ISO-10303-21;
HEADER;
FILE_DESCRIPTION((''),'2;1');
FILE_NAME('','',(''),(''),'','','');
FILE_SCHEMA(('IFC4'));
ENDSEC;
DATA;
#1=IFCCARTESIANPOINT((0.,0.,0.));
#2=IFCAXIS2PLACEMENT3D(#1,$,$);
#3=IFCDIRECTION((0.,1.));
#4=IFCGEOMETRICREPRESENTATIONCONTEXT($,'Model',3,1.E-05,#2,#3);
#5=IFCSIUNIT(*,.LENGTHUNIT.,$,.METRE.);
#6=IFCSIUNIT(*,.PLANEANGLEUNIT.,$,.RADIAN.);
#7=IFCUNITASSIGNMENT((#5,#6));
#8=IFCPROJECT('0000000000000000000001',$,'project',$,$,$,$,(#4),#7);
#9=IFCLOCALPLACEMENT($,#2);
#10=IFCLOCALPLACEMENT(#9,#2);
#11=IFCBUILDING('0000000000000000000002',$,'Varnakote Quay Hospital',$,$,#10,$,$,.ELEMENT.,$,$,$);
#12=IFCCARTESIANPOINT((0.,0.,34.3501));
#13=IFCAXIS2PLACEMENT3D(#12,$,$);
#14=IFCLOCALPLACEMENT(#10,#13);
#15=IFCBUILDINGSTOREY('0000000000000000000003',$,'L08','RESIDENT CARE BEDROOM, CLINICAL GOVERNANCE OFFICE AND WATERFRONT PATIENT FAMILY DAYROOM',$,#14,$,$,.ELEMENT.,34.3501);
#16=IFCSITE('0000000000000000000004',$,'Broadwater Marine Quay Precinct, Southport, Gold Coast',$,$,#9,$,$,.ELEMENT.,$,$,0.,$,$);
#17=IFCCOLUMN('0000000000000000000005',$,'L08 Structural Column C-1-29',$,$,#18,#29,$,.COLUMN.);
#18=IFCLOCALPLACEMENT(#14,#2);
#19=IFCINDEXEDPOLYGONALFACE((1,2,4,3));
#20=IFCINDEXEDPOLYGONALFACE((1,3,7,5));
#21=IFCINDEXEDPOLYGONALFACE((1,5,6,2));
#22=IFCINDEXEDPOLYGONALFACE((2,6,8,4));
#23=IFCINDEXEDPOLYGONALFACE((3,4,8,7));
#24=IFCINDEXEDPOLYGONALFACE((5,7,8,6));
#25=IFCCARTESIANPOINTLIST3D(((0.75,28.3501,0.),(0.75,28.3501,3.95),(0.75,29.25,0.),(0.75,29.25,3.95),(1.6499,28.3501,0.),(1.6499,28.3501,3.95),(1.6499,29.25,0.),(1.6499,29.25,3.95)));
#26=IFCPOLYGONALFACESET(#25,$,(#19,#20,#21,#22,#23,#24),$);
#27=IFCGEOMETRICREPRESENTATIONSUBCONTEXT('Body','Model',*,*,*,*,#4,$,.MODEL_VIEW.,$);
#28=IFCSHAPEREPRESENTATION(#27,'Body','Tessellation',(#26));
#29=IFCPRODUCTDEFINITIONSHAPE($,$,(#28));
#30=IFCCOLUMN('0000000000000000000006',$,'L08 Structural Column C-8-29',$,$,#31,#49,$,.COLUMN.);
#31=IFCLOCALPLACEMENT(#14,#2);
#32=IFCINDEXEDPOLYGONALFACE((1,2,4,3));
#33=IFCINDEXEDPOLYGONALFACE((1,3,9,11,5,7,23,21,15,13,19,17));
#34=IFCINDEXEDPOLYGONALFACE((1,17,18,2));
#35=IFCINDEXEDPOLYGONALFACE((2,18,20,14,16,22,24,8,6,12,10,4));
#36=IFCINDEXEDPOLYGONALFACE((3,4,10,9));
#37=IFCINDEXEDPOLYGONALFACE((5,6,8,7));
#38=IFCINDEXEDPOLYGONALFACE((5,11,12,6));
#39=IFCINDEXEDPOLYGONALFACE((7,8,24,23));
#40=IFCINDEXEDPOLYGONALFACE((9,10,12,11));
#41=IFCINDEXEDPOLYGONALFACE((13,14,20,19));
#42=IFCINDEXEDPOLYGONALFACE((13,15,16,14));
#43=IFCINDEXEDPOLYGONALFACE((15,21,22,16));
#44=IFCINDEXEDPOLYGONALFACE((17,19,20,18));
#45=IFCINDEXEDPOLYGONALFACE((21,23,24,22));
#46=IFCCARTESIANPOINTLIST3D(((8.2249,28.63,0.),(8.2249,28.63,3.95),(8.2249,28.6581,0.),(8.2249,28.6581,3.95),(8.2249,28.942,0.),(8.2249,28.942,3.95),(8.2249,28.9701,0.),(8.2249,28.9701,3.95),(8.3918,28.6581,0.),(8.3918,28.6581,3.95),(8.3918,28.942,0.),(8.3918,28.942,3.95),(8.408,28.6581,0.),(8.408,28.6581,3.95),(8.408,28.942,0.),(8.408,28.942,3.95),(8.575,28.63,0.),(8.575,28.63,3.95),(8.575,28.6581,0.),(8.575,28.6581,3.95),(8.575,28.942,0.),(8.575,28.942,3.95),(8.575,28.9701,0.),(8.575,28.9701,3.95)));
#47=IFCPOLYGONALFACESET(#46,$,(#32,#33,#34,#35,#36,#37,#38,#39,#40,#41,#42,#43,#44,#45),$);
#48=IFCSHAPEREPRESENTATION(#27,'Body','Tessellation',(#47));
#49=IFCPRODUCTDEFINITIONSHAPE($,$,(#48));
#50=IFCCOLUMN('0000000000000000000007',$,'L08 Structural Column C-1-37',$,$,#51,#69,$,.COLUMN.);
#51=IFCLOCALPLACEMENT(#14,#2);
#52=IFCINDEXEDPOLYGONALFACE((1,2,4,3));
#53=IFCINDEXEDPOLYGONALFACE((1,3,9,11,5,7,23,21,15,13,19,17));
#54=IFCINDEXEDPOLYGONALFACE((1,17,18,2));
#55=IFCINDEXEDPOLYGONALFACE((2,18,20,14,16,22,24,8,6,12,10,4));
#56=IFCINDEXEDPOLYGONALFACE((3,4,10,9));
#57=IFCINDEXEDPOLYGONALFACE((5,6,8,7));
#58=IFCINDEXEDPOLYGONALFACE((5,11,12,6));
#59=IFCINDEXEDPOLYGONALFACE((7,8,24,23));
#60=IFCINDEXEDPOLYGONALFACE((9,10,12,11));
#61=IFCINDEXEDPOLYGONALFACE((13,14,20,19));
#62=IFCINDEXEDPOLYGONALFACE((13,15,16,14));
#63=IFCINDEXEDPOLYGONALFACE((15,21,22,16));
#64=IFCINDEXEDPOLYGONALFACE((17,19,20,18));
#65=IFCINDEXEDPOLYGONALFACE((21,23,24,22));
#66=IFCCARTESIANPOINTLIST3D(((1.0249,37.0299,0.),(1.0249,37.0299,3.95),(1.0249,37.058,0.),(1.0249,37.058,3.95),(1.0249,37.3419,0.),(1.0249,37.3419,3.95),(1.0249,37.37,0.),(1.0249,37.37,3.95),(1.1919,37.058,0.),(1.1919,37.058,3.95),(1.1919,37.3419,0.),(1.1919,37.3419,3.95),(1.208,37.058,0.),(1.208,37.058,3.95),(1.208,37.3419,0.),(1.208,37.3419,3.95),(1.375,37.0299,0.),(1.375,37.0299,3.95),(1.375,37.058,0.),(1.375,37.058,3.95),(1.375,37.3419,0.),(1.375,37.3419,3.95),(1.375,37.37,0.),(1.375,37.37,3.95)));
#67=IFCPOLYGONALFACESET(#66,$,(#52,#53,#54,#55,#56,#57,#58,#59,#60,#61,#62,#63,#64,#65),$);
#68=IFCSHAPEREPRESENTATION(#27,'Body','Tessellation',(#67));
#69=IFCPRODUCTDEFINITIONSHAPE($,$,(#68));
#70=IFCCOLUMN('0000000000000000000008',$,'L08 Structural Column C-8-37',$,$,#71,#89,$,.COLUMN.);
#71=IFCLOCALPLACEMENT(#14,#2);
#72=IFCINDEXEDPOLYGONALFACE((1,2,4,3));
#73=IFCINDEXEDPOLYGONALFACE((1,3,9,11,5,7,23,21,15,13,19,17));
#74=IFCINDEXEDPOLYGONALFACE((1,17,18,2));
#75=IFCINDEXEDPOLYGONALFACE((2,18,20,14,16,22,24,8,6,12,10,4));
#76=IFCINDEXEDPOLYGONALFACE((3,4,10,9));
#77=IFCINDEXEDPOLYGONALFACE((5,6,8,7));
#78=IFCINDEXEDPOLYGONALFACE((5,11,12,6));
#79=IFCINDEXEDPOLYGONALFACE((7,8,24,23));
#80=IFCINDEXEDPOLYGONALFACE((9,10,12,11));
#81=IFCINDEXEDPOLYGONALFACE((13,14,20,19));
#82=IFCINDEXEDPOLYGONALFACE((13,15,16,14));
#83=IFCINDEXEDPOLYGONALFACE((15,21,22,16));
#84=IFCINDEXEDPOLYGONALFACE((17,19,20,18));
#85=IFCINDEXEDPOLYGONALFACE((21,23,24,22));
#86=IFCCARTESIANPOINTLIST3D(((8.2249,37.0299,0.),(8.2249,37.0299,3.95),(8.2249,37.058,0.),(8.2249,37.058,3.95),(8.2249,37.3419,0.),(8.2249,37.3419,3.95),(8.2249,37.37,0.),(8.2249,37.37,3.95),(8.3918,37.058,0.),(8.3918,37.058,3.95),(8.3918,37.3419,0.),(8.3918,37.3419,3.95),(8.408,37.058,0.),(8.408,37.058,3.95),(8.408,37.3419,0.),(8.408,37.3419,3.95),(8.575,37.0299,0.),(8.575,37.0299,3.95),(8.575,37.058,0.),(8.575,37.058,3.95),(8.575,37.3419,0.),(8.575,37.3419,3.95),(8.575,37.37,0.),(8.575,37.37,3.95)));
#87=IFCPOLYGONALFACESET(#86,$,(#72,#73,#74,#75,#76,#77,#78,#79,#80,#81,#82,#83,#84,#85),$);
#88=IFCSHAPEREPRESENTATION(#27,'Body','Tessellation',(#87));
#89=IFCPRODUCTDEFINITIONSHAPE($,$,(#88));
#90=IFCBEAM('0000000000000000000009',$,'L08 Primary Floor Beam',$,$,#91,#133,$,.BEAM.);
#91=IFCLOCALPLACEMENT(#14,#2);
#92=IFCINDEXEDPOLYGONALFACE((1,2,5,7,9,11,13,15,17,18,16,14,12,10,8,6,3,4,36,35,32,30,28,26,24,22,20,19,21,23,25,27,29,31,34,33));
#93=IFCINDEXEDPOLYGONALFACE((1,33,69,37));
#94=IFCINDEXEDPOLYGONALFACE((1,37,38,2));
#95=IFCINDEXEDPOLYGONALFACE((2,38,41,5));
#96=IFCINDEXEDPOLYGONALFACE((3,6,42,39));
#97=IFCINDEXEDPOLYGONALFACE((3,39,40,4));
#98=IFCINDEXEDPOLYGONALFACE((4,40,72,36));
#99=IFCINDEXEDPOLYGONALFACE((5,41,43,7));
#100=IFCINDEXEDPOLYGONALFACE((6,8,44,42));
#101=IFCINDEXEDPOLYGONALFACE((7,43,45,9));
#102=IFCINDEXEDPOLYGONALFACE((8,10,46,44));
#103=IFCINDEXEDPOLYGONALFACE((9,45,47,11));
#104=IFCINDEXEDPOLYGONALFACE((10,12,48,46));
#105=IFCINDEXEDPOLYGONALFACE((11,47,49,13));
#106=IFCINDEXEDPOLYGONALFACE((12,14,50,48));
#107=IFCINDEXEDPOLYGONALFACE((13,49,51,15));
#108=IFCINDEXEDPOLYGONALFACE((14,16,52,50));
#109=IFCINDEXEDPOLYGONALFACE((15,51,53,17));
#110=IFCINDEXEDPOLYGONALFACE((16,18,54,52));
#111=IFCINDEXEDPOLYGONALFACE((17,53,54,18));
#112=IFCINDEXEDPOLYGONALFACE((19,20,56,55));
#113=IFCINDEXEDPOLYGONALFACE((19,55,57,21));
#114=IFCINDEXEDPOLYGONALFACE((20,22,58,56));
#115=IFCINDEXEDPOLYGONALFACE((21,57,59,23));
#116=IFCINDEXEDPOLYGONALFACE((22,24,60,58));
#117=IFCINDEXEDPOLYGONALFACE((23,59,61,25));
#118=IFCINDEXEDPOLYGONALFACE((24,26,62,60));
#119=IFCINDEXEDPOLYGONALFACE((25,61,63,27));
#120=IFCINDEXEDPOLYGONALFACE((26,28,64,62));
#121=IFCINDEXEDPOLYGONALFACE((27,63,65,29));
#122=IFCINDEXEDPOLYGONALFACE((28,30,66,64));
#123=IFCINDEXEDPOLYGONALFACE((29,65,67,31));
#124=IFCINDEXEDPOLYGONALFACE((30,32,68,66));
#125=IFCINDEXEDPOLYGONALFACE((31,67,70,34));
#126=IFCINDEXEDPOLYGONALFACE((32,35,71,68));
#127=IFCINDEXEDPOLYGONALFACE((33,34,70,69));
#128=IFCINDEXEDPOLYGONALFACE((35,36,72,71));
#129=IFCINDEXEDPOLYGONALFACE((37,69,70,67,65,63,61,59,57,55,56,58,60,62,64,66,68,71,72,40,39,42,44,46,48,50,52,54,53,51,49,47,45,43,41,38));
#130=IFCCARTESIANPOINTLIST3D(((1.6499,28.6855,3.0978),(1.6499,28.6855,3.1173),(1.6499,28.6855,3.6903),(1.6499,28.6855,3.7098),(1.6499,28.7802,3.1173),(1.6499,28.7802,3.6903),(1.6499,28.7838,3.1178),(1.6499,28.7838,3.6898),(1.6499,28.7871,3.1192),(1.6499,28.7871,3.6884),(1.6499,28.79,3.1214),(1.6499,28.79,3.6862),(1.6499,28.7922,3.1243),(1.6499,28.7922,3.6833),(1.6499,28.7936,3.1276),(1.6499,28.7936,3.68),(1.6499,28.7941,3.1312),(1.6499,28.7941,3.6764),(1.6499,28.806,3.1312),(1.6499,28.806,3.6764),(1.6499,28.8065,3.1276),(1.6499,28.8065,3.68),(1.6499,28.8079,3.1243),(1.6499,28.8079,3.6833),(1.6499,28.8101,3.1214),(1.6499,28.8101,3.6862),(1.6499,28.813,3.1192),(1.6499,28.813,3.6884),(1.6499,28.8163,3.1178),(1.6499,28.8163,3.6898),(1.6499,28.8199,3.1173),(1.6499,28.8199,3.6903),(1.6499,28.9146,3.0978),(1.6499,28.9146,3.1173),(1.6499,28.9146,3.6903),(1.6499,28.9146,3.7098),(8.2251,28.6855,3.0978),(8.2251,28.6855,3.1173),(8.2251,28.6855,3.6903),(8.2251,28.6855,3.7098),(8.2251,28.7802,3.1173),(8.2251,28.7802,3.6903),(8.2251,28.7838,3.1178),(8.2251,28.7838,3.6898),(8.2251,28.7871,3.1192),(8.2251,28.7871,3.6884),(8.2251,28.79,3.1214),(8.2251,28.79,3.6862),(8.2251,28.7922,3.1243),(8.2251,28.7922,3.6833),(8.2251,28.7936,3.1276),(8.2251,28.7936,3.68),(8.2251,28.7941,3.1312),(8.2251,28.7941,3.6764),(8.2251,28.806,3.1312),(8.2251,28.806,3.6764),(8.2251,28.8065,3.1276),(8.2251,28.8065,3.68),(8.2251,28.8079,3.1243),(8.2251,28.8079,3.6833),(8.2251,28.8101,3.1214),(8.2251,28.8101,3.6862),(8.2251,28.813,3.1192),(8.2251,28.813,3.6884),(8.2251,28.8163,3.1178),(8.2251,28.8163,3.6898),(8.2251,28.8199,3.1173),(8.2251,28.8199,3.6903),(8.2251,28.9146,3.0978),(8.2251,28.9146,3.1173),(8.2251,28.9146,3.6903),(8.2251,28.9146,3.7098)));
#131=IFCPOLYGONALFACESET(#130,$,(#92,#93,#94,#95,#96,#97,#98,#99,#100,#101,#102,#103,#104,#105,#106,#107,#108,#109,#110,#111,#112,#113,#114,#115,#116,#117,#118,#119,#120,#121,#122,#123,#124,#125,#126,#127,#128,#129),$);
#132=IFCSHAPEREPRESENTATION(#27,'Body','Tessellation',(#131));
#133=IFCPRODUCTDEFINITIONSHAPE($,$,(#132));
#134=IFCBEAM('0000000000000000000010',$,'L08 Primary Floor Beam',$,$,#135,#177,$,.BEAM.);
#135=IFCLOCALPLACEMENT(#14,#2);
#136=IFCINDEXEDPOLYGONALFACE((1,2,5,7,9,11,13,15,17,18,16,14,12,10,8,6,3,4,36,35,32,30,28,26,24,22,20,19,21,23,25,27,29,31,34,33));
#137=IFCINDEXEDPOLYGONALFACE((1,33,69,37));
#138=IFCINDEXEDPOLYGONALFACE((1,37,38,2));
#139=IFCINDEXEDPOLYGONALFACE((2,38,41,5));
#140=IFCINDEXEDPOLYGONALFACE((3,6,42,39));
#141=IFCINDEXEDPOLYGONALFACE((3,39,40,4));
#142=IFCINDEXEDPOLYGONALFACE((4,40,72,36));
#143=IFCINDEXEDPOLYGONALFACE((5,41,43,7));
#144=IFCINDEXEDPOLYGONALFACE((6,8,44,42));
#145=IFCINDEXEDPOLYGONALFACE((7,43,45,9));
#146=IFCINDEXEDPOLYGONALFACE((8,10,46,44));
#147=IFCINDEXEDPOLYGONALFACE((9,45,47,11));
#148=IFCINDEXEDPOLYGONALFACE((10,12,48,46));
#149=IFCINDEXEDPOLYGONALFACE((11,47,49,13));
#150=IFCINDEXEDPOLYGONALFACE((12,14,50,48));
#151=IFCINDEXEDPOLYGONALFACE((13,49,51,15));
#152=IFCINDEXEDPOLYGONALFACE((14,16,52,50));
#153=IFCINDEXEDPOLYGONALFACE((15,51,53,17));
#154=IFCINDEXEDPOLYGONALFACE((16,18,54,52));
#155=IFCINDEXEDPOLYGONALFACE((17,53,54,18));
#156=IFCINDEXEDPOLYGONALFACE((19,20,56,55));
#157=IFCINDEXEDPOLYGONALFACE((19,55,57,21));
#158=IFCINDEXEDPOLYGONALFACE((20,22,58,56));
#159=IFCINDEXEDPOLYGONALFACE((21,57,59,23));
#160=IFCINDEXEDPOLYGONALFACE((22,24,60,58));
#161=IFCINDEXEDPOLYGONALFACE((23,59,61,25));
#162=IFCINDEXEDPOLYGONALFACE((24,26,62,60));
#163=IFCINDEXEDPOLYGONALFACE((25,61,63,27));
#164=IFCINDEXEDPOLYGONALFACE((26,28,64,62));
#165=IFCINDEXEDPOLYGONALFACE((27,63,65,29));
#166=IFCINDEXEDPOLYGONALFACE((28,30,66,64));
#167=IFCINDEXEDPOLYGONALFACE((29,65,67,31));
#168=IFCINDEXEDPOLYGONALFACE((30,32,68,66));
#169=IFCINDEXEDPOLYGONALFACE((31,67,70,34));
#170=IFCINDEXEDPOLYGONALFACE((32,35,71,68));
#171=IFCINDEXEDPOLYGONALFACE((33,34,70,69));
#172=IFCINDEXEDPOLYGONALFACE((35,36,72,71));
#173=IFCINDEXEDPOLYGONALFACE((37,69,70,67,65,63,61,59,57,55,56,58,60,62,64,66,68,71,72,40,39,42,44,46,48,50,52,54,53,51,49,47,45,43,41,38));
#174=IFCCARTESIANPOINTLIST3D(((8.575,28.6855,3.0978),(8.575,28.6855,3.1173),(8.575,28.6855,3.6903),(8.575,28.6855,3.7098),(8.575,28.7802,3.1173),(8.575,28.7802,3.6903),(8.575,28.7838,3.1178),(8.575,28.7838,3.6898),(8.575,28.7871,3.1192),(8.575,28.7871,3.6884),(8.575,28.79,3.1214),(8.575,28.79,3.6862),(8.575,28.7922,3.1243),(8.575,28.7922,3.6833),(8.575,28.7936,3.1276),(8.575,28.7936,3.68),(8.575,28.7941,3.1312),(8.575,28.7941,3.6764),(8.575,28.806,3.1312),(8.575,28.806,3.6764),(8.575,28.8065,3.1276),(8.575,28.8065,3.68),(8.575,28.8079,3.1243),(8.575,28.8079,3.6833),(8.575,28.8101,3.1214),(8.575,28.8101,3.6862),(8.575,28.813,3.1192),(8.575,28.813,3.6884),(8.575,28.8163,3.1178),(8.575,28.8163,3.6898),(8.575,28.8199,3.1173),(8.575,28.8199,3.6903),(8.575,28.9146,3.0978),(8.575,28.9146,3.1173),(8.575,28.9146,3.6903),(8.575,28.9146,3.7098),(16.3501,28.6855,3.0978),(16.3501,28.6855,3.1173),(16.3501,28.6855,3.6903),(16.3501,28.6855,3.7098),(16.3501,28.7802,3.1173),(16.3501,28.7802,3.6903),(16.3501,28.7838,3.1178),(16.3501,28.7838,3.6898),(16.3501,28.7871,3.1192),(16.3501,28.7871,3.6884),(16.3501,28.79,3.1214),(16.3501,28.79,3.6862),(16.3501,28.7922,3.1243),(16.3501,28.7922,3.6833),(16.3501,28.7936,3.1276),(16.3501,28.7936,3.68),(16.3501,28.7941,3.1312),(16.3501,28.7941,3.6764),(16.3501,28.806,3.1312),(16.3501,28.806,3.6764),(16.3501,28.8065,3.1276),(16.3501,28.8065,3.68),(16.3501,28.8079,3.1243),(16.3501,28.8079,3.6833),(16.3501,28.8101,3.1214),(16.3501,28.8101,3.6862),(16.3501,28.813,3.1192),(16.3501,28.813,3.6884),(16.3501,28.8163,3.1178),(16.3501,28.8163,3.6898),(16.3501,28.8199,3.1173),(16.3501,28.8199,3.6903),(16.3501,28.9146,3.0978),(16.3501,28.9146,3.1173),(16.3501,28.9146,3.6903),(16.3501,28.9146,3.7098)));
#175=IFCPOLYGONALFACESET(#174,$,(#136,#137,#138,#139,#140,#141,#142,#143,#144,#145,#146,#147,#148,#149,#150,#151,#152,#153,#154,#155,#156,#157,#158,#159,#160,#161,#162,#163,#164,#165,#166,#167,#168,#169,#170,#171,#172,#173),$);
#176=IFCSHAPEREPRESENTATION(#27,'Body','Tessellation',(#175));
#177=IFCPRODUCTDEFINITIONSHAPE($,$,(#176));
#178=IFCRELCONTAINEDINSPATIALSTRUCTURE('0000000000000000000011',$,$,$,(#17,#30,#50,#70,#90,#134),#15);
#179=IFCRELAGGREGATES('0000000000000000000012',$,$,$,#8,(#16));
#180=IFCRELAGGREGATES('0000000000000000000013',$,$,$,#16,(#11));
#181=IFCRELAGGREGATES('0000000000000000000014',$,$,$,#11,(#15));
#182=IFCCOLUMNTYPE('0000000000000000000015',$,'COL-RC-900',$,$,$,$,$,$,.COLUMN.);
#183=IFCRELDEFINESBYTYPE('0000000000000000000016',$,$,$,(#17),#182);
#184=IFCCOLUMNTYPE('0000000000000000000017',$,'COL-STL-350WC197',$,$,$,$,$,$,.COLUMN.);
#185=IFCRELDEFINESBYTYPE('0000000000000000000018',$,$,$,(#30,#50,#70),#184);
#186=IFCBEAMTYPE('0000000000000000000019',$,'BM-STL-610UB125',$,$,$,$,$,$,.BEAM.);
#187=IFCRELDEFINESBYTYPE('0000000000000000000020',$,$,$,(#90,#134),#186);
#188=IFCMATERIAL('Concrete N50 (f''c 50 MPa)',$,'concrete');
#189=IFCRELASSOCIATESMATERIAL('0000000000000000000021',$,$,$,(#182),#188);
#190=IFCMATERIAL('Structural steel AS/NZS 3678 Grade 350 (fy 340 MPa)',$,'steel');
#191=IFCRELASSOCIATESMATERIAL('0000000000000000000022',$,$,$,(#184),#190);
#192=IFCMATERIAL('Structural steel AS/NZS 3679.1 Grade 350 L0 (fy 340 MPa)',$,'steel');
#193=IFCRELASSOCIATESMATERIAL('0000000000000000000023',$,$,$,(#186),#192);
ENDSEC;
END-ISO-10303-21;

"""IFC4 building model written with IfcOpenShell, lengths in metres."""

from ifc_helpers import new_model, si_unit, direction, frame, origin, origin_2d, place, context, subcontext, project, spatial, rectangle, i_section, extrude, material, material_profile, profile_set, type_object, element, save


model = new_model("IFC4")

# Units and contexts
model_context = context("Model", 3, precision=1e-05, world=origin(), true_north=direction((0.0, 1.0)))
body_context = subcontext(model_context, "Body", "Model", "MODEL_VIEW")
ifc_project = project(units=[si_unit("LENGTHUNIT", "METRE"), si_unit("PLANEANGLEUNIT", "RADIAN")], contexts=[model_context])

# Site, building, storey
site_placement = place(None, origin())
site = spatial("IfcSite", under=ifc_project, at=site_placement, Name="Broadwater Marine Quay Precinct, Southport, Gold Coast", CompositionType="ELEMENT", RefElevation=0.0)
building_placement = place(site_placement, origin())
building = spatial("IfcBuilding", under=site, at=building_placement, Name="Varnakote Quay Hospital", CompositionType="ELEMENT")
storey_placement = place(building_placement, frame((0.0, 0.0, 34.3501)))
storey = spatial("IfcBuildingStorey", under=building, at=storey_placement, Name="L08", Description="RESIDENT CARE BEDROOM, CLINICAL GOVERNANCE OFFICE AND WATERFRONT PATIENT FAMILY DAYROOM", CompositionType="ELEMENT", Elevation=34.3501)

# Columns
ifc_material_1 = material(Name="Concrete N50 (f'c 50 MPa)", Category="concrete")
ifc_material_profile_1 = material_profile(ifc_material_1, rectangle(XDim=0.8999, YDim=0.8999, at=origin_2d()), Name="RC-COL-900x900")
ifc_profile_set_1 = profile_set([ifc_material_profile_1], Name="Concrete N50 (f'c 50 MPa)")
column_type_1 = type_object("IfcColumnType", Name="COL-RC-900", PredefinedType="COLUMN", material=ifc_profile_set_1)
column_placement = place(storey_placement, frame((1.2, 28.8, 0.0), z_axis=(0.0, 0.0, 1.0), x_axis=(1.0, 0.0, 0.0)))
element("IfcColumn", 1, at=column_placement, inside=storey, type_object=column_type_1, Name="L08 Structural Column C-1-29", PredefinedType="COLUMN", context=body_context, shape_type="SweptSolid", body=[
    extrude(rectangle(XDim=0.8999, YDim=0.8999, at=origin_2d()), origin(), (0.0, 0.0, 1.0), 3.95),
])
ifc_material_2 = material(Name="Structural steel AS/NZS 3678 Grade 350 (fy 340 MPa)", Category="steel")
ifc_material_profile_2 = material_profile(ifc_material_2, i_section(OverallWidth=0.3501, OverallDepth=0.3401, WebThickness=0.0161, FlangeThickness=0.0281, at=origin_2d()), Name="350WC197")
ifc_profile_set_2 = profile_set([ifc_material_profile_2], Name="Structural steel AS/NZS 3678 Grade 350 (fy 340 MPa)")
column_type_2 = type_object("IfcColumnType", Name="COL-STL-350WC197", PredefinedType="COLUMN", material=ifc_profile_set_2)
for number, where, z_axis, x_axis, name in (
    (2, (8.3999, 28.8, 0.0), (0.0, 0.0, 1.0), (1.0, 0.0, 0.0), "L08 Structural Column C-8-29"),
    (3, (1.2, 37.2, 0.0), (0.0, 0.0, 1.0), (1.0, 0.0, 0.0), "L08 Structural Column C-1-37"),
    (4, (8.3999, 37.2, 0.0), (0.0, 0.0, 1.0), (1.0, 0.0, 0.0), "L08 Structural Column C-8-37"),
):
    element("IfcColumn", number, at=place(storey_placement, frame(where, z_axis=z_axis, x_axis=x_axis)), inside=storey, type_object=column_type_2, Name=name, PredefinedType="COLUMN", context=body_context, shape_type="SweptSolid", body=[
        extrude(i_section(OverallWidth=0.3501, OverallDepth=0.3401, WebThickness=0.0161, FlangeThickness=0.0281, at=origin_2d()), origin(), (0.0, 0.0, 1.0), 3.95),
    ])

# Beams
ifc_material_3 = material(Name="Structural steel AS/NZS 3679.1 Grade 350 L0 (fy 340 MPa)", Category="steel")
ifc_material_profile_3 = material_profile(ifc_material_3, i_section(OverallWidth=0.229, OverallDepth=0.6121, WebThickness=0.012, FlangeThickness=0.0195, FilletRadius=0.0139, at=origin_2d()), Name="610UB125")
ifc_profile_set_3 = profile_set([ifc_material_profile_3], Name="Structural steel AS/NZS 3679.1 Grade 350 L0 (fy 340 MPa)")
beam_type_1 = type_object("IfcBeamType", Name="BM-STL-610UB125", PredefinedType="BEAM", material=ifc_profile_set_3)
beam_1_placement = place(storey_placement, frame((1.6499, 28.8, 3.4038), z_axis=(1.0, 0.0, 0.0), x_axis=(0.0, 1.0, 0.0)))
element("IfcBeam", 5, at=beam_1_placement, inside=storey, type_object=beam_type_1, Name="L08 Primary Floor Beam", PredefinedType="BEAM", context=body_context, shape_type="SweptSolid", body=[
    extrude(i_section(OverallWidth=0.229, OverallDepth=0.6121, WebThickness=0.012, FlangeThickness=0.0195, FilletRadius=0.0139, at=origin_2d()), origin(), (0.0, 0.0, 1.0), 6.5752),
])
beam_2_placement = place(storey_placement, frame((8.575, 28.8, 3.4038), z_axis=(1.0, 0.0, 0.0), x_axis=(0.0, 1.0, 0.0)))
element("IfcBeam", 6, at=beam_2_placement, inside=storey, type_object=beam_type_1, Name="L08 Primary Floor Beam", PredefinedType="BEAM", context=body_context, shape_type="SweptSolid", body=[
    extrude(i_section(OverallWidth=0.229, OverallDepth=0.6121, WebThickness=0.012, FlangeThickness=0.0195, FilletRadius=0.0139, at=origin_2d()), origin(), (0.0, 0.0, 1.0), 7.7751),
])

save(model, "model.ifc")
